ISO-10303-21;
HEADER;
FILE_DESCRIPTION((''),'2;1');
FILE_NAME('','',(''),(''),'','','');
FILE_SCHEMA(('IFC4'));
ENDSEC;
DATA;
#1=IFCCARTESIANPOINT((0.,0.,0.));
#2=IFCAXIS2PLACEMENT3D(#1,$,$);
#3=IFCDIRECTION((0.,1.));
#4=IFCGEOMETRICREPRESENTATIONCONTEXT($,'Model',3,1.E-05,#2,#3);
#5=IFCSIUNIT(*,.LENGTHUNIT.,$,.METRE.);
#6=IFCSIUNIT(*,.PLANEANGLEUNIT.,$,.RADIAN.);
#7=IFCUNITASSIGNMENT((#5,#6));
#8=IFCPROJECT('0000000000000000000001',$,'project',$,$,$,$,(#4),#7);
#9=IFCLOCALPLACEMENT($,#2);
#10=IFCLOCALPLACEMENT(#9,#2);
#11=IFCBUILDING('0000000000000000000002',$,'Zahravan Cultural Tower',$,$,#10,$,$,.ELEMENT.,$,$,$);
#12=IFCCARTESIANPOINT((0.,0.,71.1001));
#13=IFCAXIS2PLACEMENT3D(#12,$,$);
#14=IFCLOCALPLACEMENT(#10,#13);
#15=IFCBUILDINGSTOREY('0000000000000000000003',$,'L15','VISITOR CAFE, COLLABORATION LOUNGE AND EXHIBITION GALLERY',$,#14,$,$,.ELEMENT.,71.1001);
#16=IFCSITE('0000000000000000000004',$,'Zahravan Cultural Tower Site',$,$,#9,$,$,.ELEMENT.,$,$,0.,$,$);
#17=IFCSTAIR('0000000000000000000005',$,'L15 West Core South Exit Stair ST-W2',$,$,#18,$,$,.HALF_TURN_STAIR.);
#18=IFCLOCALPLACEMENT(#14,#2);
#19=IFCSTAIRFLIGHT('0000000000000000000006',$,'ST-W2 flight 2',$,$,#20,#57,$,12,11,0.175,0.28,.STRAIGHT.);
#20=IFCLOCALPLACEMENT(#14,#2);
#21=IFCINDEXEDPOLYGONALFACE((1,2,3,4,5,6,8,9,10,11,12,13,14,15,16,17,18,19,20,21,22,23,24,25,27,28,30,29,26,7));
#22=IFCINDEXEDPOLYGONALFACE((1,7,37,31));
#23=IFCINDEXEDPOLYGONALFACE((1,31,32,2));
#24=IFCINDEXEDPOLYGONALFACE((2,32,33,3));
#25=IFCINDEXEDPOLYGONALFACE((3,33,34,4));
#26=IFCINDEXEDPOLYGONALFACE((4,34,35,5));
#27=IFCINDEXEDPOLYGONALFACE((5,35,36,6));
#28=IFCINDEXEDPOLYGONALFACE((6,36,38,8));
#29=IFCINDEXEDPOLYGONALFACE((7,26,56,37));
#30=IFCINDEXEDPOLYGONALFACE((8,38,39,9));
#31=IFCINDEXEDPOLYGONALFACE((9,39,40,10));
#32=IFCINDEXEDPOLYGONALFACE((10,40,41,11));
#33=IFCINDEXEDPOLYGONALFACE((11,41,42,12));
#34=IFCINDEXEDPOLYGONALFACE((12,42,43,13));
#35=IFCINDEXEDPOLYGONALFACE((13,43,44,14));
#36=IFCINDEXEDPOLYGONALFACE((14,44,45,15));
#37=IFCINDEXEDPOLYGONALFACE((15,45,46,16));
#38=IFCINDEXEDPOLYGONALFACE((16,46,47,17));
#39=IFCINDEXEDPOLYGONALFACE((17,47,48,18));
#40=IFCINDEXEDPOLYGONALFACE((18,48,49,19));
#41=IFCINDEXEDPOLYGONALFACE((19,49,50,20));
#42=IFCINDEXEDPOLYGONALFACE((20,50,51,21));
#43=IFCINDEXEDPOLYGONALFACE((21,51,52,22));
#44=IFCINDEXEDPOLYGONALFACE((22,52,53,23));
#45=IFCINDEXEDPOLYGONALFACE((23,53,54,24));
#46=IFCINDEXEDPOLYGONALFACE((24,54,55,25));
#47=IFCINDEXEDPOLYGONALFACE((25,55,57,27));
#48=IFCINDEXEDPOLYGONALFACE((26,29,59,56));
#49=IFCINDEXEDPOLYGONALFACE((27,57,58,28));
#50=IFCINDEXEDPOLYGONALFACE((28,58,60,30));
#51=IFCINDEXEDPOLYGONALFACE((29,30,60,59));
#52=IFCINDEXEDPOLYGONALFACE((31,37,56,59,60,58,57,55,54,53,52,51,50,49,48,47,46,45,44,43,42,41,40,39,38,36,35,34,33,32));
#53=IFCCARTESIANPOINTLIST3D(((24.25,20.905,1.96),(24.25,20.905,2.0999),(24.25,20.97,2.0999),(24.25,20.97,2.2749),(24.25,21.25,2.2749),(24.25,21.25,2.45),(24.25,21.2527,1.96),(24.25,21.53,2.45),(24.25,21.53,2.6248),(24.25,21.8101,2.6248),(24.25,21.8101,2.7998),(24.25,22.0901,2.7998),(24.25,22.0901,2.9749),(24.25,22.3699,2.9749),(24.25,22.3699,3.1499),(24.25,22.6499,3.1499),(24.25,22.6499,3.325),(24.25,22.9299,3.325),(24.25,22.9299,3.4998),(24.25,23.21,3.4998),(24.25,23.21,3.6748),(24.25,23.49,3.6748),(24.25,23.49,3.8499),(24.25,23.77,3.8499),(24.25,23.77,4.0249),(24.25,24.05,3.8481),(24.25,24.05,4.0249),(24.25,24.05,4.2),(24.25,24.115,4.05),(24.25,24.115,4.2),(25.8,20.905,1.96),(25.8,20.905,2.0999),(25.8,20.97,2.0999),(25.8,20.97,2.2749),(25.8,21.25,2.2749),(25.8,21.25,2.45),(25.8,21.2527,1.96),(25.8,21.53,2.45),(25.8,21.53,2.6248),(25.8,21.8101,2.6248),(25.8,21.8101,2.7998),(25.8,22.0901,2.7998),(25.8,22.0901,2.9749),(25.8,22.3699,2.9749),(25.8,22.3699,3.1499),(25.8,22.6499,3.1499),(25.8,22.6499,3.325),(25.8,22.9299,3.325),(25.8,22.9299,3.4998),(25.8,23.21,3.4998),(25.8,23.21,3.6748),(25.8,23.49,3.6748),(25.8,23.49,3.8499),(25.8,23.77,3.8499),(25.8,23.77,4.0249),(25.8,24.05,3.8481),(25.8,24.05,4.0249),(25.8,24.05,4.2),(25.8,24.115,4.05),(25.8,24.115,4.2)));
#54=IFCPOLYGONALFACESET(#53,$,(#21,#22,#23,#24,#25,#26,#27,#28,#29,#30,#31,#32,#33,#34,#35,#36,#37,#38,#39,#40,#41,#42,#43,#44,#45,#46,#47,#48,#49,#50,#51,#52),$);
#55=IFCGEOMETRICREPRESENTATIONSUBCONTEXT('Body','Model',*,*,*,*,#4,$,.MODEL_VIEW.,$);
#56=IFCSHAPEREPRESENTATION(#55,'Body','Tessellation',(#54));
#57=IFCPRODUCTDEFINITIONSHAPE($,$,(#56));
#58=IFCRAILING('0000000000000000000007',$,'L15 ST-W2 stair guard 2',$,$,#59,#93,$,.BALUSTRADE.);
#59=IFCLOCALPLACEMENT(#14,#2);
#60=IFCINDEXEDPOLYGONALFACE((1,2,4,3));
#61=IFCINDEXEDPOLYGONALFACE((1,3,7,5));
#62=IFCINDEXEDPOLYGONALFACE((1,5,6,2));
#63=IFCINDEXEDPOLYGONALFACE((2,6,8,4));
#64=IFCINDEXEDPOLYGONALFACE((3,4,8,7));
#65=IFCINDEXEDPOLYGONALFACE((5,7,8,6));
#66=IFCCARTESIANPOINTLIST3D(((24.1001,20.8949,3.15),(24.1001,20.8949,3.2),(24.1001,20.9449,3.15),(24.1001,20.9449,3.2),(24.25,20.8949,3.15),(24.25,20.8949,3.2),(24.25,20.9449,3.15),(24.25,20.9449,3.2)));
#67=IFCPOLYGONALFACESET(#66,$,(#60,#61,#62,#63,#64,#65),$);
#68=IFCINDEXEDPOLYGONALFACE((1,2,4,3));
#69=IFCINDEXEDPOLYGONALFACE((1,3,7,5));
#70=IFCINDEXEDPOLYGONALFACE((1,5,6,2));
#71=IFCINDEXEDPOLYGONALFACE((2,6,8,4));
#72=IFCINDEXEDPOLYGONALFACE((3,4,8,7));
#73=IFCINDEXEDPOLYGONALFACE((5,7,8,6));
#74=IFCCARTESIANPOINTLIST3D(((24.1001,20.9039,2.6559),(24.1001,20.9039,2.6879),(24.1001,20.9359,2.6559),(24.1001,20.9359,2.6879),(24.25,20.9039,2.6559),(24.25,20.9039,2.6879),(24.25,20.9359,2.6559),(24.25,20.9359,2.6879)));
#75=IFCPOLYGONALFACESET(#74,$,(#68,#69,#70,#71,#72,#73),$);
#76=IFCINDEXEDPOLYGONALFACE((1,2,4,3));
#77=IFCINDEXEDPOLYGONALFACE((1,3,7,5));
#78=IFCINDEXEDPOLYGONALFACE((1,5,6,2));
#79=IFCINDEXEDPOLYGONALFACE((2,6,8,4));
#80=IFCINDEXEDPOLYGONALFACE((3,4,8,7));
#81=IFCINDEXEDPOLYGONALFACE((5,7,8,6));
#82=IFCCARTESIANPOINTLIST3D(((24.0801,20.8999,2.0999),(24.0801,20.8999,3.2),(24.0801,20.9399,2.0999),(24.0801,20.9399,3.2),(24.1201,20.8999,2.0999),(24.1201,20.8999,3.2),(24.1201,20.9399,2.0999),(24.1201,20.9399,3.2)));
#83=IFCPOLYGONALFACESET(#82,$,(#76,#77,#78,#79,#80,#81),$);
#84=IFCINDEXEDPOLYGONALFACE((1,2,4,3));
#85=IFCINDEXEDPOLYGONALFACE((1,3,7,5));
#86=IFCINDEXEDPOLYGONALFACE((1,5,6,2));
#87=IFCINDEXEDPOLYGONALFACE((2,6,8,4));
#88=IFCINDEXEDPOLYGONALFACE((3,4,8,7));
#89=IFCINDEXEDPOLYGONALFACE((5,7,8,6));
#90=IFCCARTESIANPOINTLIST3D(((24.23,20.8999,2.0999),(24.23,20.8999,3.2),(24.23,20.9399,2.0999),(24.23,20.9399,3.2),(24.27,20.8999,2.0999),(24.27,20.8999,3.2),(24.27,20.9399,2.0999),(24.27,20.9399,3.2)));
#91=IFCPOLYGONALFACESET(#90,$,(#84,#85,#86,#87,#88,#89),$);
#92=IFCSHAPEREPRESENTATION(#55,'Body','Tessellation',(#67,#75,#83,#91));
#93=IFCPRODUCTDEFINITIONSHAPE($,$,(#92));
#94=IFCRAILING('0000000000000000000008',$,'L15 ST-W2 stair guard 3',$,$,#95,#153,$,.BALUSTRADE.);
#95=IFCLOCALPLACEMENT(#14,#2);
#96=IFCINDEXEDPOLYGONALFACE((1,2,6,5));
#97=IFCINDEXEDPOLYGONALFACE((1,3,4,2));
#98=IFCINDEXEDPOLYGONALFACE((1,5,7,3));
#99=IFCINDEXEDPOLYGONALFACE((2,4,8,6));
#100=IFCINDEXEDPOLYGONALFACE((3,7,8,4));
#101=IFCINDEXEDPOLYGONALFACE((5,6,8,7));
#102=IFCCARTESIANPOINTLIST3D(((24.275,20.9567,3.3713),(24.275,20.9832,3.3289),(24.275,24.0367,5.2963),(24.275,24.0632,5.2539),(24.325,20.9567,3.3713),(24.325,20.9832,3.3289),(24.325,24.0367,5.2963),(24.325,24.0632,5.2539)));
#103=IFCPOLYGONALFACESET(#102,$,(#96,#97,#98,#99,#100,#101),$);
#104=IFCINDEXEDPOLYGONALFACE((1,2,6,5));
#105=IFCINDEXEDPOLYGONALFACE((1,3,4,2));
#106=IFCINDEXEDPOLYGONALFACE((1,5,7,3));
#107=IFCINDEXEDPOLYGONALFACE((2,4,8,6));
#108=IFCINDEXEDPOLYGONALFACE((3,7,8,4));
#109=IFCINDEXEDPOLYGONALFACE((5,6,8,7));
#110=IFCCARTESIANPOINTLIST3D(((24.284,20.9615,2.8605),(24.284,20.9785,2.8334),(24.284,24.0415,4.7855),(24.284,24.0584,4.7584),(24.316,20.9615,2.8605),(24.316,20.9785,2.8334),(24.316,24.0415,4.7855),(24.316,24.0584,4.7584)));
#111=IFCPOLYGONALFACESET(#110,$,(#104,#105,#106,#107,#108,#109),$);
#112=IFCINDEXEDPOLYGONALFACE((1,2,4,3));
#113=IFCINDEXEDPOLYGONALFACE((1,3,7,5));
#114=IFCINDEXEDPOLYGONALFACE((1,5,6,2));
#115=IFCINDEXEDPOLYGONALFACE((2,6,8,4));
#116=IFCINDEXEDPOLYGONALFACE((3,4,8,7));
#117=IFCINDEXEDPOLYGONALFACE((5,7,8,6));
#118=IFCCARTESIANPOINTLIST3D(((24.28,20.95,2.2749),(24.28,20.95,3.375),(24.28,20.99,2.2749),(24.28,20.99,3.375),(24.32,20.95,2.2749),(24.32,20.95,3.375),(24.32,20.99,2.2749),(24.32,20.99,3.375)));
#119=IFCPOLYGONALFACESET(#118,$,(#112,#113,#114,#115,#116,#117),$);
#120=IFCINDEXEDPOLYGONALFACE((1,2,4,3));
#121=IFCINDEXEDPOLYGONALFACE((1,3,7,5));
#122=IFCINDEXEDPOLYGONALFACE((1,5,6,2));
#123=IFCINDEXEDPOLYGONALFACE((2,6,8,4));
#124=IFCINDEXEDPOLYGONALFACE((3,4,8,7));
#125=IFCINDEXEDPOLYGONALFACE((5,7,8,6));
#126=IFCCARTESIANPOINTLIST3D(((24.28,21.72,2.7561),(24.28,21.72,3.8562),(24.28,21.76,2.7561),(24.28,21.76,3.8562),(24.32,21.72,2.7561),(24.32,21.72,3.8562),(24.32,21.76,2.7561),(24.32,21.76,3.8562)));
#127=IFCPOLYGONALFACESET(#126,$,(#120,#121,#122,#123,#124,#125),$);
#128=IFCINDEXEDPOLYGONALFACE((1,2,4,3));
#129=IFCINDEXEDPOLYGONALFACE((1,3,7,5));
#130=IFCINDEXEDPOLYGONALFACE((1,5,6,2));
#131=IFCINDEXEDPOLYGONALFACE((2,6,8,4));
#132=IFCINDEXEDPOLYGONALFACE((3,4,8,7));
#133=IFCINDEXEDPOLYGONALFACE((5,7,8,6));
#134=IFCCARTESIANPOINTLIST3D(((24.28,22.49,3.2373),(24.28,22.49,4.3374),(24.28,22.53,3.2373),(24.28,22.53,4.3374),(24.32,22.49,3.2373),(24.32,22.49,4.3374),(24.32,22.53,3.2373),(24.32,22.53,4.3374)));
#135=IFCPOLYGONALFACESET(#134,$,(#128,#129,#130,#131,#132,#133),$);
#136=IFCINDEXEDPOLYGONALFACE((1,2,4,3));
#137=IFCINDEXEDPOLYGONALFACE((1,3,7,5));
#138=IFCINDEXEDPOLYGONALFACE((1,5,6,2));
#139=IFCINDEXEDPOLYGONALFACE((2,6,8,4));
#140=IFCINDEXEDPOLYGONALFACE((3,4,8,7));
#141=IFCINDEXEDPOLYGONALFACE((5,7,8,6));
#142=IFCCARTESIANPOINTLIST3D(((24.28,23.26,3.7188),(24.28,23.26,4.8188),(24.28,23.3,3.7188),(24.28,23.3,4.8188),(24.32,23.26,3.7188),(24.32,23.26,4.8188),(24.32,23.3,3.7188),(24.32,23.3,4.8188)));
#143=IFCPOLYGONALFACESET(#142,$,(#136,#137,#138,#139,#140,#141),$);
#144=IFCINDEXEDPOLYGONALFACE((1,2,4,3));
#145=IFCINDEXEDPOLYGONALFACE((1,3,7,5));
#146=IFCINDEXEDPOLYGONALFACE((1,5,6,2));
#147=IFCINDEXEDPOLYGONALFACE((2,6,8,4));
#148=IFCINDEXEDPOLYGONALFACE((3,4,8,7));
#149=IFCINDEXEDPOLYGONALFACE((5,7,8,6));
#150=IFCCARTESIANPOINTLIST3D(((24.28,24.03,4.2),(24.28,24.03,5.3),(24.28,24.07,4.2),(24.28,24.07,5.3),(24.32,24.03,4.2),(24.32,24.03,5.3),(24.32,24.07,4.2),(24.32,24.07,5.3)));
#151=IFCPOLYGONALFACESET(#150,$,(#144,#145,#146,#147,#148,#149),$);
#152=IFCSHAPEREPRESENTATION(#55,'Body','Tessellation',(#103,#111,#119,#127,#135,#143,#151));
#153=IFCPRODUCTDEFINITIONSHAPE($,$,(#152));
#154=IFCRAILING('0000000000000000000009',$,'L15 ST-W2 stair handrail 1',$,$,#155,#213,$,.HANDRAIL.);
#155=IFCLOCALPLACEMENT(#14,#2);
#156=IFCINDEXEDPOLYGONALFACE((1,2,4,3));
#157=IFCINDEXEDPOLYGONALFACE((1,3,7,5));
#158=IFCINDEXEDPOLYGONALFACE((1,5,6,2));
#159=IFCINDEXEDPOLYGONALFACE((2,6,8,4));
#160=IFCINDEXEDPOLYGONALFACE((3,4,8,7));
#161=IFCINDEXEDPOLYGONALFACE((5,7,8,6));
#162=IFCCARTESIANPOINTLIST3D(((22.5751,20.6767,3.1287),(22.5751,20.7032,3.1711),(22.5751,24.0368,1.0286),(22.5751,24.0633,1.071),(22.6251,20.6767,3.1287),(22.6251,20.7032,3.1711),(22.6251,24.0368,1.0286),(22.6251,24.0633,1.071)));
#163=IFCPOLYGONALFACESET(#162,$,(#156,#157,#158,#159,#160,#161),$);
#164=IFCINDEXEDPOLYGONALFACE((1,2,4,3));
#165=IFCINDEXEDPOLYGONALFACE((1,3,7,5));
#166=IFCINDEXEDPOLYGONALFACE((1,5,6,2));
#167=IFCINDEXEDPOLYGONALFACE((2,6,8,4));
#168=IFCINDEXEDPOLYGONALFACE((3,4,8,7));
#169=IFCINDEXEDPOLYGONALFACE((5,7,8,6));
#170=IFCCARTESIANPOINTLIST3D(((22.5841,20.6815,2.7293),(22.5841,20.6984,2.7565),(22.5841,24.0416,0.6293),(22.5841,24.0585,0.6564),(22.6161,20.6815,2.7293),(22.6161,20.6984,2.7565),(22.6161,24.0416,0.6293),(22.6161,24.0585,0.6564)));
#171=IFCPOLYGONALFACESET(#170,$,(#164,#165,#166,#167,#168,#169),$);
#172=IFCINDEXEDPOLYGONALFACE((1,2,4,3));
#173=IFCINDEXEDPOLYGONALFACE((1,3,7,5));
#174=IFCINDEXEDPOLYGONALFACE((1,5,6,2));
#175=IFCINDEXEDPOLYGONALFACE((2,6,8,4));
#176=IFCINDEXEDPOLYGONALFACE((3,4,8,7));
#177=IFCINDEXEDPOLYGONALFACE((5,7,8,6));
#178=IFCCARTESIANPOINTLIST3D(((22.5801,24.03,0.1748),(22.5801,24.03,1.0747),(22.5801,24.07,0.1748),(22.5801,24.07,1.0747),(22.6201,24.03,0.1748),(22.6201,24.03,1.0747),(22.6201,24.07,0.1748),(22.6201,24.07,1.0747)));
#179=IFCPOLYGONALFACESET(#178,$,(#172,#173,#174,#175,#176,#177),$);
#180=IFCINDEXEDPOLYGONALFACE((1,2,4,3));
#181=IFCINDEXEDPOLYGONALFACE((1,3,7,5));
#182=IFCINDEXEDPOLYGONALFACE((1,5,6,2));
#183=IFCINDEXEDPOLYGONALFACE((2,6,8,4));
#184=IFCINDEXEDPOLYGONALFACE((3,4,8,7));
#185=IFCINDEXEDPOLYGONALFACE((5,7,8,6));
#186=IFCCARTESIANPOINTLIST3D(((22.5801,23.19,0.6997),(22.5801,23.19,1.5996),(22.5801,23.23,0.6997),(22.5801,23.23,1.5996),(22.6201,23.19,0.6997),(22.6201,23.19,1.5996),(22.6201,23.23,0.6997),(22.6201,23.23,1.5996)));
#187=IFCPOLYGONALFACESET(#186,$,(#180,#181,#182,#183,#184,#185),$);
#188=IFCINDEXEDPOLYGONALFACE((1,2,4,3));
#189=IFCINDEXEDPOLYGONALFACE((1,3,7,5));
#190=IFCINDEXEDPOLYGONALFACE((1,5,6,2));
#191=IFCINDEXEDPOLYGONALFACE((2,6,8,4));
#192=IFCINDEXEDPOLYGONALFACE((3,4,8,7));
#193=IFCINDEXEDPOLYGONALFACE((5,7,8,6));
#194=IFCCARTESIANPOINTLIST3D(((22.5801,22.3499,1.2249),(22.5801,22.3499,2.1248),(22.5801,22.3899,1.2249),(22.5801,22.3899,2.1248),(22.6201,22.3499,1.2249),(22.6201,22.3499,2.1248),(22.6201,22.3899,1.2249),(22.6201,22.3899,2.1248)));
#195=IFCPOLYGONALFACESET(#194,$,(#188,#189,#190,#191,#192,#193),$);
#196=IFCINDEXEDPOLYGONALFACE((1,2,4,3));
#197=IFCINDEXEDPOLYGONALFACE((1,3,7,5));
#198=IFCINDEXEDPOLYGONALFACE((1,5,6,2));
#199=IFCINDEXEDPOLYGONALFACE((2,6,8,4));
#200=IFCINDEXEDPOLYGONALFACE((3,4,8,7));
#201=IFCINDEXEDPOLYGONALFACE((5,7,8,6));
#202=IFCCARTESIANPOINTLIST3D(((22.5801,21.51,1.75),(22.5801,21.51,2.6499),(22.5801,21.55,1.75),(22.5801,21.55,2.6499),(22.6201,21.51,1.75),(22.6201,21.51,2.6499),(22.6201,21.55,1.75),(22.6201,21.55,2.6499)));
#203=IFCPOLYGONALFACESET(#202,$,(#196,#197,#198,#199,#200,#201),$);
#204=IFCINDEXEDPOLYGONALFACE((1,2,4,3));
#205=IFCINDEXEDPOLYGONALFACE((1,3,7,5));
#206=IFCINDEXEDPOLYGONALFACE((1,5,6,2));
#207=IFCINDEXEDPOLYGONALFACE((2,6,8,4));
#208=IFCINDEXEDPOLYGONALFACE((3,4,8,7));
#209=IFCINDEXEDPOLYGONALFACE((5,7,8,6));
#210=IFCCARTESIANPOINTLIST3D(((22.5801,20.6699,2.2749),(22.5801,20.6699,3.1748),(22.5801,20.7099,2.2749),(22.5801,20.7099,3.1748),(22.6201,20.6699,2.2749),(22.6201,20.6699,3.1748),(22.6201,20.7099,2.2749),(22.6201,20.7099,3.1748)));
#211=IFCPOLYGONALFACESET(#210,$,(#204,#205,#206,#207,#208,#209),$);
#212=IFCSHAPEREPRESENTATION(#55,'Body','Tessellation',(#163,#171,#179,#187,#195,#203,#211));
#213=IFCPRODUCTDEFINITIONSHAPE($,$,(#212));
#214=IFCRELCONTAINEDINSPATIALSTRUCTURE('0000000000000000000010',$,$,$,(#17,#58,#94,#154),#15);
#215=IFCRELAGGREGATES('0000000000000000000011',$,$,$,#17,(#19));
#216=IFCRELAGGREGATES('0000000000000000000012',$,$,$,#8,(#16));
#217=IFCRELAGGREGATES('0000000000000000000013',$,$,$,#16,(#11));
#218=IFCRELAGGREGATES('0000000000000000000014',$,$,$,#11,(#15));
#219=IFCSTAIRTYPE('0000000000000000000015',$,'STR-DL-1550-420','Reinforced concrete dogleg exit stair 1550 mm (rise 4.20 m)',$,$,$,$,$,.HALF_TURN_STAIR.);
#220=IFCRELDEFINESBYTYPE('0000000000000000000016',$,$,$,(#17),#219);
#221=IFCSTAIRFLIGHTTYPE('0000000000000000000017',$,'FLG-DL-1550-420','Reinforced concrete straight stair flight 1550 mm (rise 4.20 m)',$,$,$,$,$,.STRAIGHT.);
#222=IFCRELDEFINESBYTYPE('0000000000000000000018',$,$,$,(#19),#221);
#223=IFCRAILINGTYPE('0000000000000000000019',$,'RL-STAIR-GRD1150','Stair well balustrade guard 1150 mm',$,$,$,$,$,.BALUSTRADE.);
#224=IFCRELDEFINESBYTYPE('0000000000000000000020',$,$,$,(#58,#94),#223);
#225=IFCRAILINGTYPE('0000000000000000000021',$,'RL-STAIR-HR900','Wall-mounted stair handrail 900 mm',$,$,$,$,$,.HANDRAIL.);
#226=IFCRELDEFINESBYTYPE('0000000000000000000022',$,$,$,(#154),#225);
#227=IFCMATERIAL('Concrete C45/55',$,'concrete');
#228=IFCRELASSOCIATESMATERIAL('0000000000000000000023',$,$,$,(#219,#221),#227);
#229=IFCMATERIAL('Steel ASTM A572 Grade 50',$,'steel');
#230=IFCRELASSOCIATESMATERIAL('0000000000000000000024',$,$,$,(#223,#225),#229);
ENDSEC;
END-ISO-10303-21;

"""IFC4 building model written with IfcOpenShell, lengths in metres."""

from ifc_helpers import new_model, si_unit, direction, frame, origin, origin_2d, place, context, subcontext, project, spatial, polyline, rectangle, outline, extrude, material, type_object, element, aggregate, save


model = new_model("IFC4")

# Units and contexts
model_context = context("Model", 3, precision=1e-05, world=origin(), true_north=direction((0.0, 1.0)))
body_context = subcontext(model_context, "Body", "Model", "MODEL_VIEW")
ifc_project = project(units=[si_unit("LENGTHUNIT", "METRE"), si_unit("PLANEANGLEUNIT", "RADIAN")], contexts=[model_context])

# Site, building, storey
site_placement = place(None, origin())
site = spatial("IfcSite", under=ifc_project, at=site_placement, Name="Zahravan Cultural Tower Site", CompositionType="ELEMENT", RefElevation=0.0)
building_placement = place(site_placement, origin())
building = spatial("IfcBuilding", under=site, at=building_placement, Name="Zahravan Cultural Tower", CompositionType="ELEMENT")
storey_placement = place(building_placement, frame((0.0, 0.0, 71.1001)))
storey = spatial("IfcBuildingStorey", under=building, at=storey_placement, Name="L15", Description="VISITOR CAFE, COLLABORATION LOUNGE AND EXHIBITION GALLERY", CompositionType="ELEMENT", Elevation=71.1001)

# Shared definitions
ifc_material_1 = material(Name="Steel ASTM A572 Grade 50", Category="steel")

# Shared definitions
ifc_material_2 = material(Name="Concrete C45/55", Category="concrete")

# Stair, stair flight
stair_type = type_object("IfcStairType", Name="STR-DL-1550-420", Description="Reinforced concrete dogleg exit stair 1550 mm (rise 4.20 m)", PredefinedType="HALF_TURN_STAIR", material=ifc_material_2)
stair_placement = place(storey_placement, origin())
stair = element("IfcStair", 1, at=stair_placement, inside=storey, type_object=stair_type, Name="L15 West Core South Exit Stair ST-W2", PredefinedType="HALF_TURN_STAIR")
stair_flight_type = type_object("IfcStairFlightType", Name="FLG-DL-1550-420", Description="Reinforced concrete straight stair flight 1550 mm (rise 4.20 m)", PredefinedType="STRAIGHT", material=ifc_material_2)
stair_flight_1_placement = place(storey_placement, frame((25.0249, 20.97, 2.0999), z_axis=(0.0, 0.0, 1.0), x_axis=(0.0, 1.0, 0.0)))
stair_flight_1 = element("IfcStairFlight", 2, at=stair_flight_1_placement, type_object=stair_flight_type, Name="ST-W2 flight 2", NumberOfRisers=12, NumberOfTreads=11, PredefinedType="STRAIGHT", RiserHeight=0.175, TreadLength=0.28, context=body_context, shape_type="SweptSolid", body=[
    extrude(outline(polyline([(-0.0649, -0.1399), (-0.0649, 0.0), (0.0, 0.0), (0.0, 0.175), (0.28, 0.175), (0.28, 0.3501), (0.5601, 0.3501), (0.5601, 0.5249), (0.8401, 0.5249), (0.8401, 0.7), (1.1201, 0.7), (1.1201, 0.875), (1.3999, 0.875), (1.3999, 1.05), (1.6799, 1.05), (1.6799, 1.2251), (1.96, 1.2251), (1.96, 1.3999), (2.24, 1.3999), (2.24, 1.575), (2.52, 1.575), (2.52, 1.75), (2.8, 1.75), (2.8, 1.925), (3.0801, 1.925), (3.0801, 2.1001), (3.145, 2.1001), (3.145, 1.9502), (3.0801, 1.7483), (0.2827, -0.1399), (-0.0649, -0.1399)])), frame((0.0, 0.7749, 0.0), z_axis=(0.0, -1.0, 0.0), x_axis=(1.0, 0.0, 0.0)), (0.0, 0.0, 1.0), 1.55),
])
aggregate(stair, [stair_flight_1])

# Railings
railing_type_1 = type_object("IfcRailingType", Name="RL-STAIR-GRD1150", Description="Stair well balustrade guard 1150 mm", PredefinedType="BALUSTRADE", material=ifc_material_1)
railing_1_placement = place(storey_placement, frame((24.1001, 20.9199, 2.0999)))
element("IfcRailing", 3, at=railing_1_placement, inside=storey, type_object=railing_type_1, Name="L15 ST-W2 stair guard 2", PredefinedType="BALUSTRADE", context=body_context, shape_type="SweptSolid", body=[
    extrude(rectangle(XDim=0.05, YDim=0.05, at=origin_2d()), frame((0.0, 0.0, 1.0752), z_axis=(1.0, 0.0, 0.0), x_axis=(0.0, 1.0, 0.0)), (0.0, 0.0, 1.0), 0.1499),
    extrude(rectangle(XDim=0.032, YDim=0.032, at=origin_2d()), frame((0.0, 0.0, 0.572), z_axis=(1.0, 0.0, 0.0), x_axis=(0.0, 1.0, 0.0)), (0.0, 0.0, 1.0), 0.1499),
    extrude(rectangle(XDim=0.04, YDim=0.04, at=origin_2d()), origin(), (0.0, 0.0, 1.0), 1.1001),
    extrude(rectangle(XDim=0.04, YDim=0.04, at=origin_2d()), frame((0.1499, 0.0, 0.0)), (0.0, 0.0, 1.0), 1.1001),
])
railing_2_placement = place(storey_placement, frame((24.3, 20.97, 2.2749)))
element("IfcRailing", 4, at=railing_2_placement, inside=storey, type_object=railing_type_1, Name="L15 ST-W2 stair guard 3", PredefinedType="BALUSTRADE", context=body_context, shape_type="SweptSolid", body=[
    extrude(rectangle(XDim=0.05, YDim=0.05, at=origin_2d()), frame((0.0, 0.0, 1.0752), z_axis=(0.0, 0.847998, 0.529999), x_axis=(-1.0, 0.0, 0.0)), (0.0, 0.0, 1.0), 3.6321),
    extrude(rectangle(XDim=0.032, YDim=0.032, at=origin_2d()), frame((0.0, 0.0, 0.572), z_axis=(0.0, 0.847998, 0.529999), x_axis=(-1.0, 0.0, 0.0)), (0.0, 0.0, 1.0), 3.6321),
    extrude(rectangle(XDim=0.04, YDim=0.04, at=origin_2d()), origin(), (0.0, 0.0, 1.0), 1.1001),
    extrude(rectangle(XDim=0.04, YDim=0.04, at=origin_2d()), frame((0.0, 0.77, 0.4812)), (0.0, 0.0, 1.0), 1.1001),
    extrude(rectangle(XDim=0.04, YDim=0.04, at=origin_2d()), frame((0.0, 1.54, 0.9624)), (0.0, 0.0, 1.0), 1.1001),
    extrude(rectangle(XDim=0.04, YDim=0.04, at=origin_2d()), frame((0.0, 2.3101, 1.4438)), (0.0, 0.0, 1.0), 1.1001),
    extrude(rectangle(XDim=0.04, YDim=0.04, at=origin_2d()), frame((0.0, 3.0801, 1.925)), (0.0, 0.0, 1.0), 1.1001),
])
railing_type_2 = type_object("IfcRailingType", Name="RL-STAIR-HR900", Description="Wall-mounted stair handrail 900 mm", PredefinedType="HANDRAIL", material=ifc_material_1)
railing_3_placement = place(storey_placement, frame((22.6001, 24.05, 0.1748)))
element("IfcRailing", 5, at=railing_3_placement, inside=storey, type_object=railing_type_2, Name="L15 ST-W2 stair handrail 1", PredefinedType="HANDRAIL", context=body_context, shape_type="SweptSolid", body=[
    extrude(rectangle(XDim=0.05, YDim=0.05, at=origin_2d()), frame((0.0, 0.0, 0.875), z_axis=(0.0, -0.847995, 0.530004), x_axis=(1.0, 0.0, 0.0)), (0.0, 0.0, 1.0), 3.9624),
    extrude(rectangle(XDim=0.032, YDim=0.032, at=origin_2d()), frame((0.0, 0.0, 0.468), z_axis=(0.0, -0.847995, 0.530004), x_axis=(1.0, 0.0, 0.0)), (0.0, 0.0, 1.0), 3.9624),
    extrude(rectangle(XDim=0.04, YDim=0.04, at=origin_2d()), origin(), (0.0, 0.0, 1.0), 0.8999),
    extrude(rectangle(XDim=0.04, YDim=0.04, at=origin_2d()), frame((0.0, -0.8401, 0.5249)), (0.0, 0.0, 1.0), 0.8999),
    extrude(rectangle(XDim=0.04, YDim=0.04, at=origin_2d()), frame((0.0, -1.6802, 1.05)), (0.0, 0.0, 1.0), 0.8999),
    extrude(rectangle(XDim=0.04, YDim=0.04, at=origin_2d()), frame((0.0, -2.52, 1.5752)), (0.0, 0.0, 1.0), 0.8999),
    extrude(rectangle(XDim=0.04, YDim=0.04, at=origin_2d()), frame((0.0, -3.3601, 2.1001)), (0.0, 0.0, 1.0), 0.8999),
])

save(model, "model.ifc")
